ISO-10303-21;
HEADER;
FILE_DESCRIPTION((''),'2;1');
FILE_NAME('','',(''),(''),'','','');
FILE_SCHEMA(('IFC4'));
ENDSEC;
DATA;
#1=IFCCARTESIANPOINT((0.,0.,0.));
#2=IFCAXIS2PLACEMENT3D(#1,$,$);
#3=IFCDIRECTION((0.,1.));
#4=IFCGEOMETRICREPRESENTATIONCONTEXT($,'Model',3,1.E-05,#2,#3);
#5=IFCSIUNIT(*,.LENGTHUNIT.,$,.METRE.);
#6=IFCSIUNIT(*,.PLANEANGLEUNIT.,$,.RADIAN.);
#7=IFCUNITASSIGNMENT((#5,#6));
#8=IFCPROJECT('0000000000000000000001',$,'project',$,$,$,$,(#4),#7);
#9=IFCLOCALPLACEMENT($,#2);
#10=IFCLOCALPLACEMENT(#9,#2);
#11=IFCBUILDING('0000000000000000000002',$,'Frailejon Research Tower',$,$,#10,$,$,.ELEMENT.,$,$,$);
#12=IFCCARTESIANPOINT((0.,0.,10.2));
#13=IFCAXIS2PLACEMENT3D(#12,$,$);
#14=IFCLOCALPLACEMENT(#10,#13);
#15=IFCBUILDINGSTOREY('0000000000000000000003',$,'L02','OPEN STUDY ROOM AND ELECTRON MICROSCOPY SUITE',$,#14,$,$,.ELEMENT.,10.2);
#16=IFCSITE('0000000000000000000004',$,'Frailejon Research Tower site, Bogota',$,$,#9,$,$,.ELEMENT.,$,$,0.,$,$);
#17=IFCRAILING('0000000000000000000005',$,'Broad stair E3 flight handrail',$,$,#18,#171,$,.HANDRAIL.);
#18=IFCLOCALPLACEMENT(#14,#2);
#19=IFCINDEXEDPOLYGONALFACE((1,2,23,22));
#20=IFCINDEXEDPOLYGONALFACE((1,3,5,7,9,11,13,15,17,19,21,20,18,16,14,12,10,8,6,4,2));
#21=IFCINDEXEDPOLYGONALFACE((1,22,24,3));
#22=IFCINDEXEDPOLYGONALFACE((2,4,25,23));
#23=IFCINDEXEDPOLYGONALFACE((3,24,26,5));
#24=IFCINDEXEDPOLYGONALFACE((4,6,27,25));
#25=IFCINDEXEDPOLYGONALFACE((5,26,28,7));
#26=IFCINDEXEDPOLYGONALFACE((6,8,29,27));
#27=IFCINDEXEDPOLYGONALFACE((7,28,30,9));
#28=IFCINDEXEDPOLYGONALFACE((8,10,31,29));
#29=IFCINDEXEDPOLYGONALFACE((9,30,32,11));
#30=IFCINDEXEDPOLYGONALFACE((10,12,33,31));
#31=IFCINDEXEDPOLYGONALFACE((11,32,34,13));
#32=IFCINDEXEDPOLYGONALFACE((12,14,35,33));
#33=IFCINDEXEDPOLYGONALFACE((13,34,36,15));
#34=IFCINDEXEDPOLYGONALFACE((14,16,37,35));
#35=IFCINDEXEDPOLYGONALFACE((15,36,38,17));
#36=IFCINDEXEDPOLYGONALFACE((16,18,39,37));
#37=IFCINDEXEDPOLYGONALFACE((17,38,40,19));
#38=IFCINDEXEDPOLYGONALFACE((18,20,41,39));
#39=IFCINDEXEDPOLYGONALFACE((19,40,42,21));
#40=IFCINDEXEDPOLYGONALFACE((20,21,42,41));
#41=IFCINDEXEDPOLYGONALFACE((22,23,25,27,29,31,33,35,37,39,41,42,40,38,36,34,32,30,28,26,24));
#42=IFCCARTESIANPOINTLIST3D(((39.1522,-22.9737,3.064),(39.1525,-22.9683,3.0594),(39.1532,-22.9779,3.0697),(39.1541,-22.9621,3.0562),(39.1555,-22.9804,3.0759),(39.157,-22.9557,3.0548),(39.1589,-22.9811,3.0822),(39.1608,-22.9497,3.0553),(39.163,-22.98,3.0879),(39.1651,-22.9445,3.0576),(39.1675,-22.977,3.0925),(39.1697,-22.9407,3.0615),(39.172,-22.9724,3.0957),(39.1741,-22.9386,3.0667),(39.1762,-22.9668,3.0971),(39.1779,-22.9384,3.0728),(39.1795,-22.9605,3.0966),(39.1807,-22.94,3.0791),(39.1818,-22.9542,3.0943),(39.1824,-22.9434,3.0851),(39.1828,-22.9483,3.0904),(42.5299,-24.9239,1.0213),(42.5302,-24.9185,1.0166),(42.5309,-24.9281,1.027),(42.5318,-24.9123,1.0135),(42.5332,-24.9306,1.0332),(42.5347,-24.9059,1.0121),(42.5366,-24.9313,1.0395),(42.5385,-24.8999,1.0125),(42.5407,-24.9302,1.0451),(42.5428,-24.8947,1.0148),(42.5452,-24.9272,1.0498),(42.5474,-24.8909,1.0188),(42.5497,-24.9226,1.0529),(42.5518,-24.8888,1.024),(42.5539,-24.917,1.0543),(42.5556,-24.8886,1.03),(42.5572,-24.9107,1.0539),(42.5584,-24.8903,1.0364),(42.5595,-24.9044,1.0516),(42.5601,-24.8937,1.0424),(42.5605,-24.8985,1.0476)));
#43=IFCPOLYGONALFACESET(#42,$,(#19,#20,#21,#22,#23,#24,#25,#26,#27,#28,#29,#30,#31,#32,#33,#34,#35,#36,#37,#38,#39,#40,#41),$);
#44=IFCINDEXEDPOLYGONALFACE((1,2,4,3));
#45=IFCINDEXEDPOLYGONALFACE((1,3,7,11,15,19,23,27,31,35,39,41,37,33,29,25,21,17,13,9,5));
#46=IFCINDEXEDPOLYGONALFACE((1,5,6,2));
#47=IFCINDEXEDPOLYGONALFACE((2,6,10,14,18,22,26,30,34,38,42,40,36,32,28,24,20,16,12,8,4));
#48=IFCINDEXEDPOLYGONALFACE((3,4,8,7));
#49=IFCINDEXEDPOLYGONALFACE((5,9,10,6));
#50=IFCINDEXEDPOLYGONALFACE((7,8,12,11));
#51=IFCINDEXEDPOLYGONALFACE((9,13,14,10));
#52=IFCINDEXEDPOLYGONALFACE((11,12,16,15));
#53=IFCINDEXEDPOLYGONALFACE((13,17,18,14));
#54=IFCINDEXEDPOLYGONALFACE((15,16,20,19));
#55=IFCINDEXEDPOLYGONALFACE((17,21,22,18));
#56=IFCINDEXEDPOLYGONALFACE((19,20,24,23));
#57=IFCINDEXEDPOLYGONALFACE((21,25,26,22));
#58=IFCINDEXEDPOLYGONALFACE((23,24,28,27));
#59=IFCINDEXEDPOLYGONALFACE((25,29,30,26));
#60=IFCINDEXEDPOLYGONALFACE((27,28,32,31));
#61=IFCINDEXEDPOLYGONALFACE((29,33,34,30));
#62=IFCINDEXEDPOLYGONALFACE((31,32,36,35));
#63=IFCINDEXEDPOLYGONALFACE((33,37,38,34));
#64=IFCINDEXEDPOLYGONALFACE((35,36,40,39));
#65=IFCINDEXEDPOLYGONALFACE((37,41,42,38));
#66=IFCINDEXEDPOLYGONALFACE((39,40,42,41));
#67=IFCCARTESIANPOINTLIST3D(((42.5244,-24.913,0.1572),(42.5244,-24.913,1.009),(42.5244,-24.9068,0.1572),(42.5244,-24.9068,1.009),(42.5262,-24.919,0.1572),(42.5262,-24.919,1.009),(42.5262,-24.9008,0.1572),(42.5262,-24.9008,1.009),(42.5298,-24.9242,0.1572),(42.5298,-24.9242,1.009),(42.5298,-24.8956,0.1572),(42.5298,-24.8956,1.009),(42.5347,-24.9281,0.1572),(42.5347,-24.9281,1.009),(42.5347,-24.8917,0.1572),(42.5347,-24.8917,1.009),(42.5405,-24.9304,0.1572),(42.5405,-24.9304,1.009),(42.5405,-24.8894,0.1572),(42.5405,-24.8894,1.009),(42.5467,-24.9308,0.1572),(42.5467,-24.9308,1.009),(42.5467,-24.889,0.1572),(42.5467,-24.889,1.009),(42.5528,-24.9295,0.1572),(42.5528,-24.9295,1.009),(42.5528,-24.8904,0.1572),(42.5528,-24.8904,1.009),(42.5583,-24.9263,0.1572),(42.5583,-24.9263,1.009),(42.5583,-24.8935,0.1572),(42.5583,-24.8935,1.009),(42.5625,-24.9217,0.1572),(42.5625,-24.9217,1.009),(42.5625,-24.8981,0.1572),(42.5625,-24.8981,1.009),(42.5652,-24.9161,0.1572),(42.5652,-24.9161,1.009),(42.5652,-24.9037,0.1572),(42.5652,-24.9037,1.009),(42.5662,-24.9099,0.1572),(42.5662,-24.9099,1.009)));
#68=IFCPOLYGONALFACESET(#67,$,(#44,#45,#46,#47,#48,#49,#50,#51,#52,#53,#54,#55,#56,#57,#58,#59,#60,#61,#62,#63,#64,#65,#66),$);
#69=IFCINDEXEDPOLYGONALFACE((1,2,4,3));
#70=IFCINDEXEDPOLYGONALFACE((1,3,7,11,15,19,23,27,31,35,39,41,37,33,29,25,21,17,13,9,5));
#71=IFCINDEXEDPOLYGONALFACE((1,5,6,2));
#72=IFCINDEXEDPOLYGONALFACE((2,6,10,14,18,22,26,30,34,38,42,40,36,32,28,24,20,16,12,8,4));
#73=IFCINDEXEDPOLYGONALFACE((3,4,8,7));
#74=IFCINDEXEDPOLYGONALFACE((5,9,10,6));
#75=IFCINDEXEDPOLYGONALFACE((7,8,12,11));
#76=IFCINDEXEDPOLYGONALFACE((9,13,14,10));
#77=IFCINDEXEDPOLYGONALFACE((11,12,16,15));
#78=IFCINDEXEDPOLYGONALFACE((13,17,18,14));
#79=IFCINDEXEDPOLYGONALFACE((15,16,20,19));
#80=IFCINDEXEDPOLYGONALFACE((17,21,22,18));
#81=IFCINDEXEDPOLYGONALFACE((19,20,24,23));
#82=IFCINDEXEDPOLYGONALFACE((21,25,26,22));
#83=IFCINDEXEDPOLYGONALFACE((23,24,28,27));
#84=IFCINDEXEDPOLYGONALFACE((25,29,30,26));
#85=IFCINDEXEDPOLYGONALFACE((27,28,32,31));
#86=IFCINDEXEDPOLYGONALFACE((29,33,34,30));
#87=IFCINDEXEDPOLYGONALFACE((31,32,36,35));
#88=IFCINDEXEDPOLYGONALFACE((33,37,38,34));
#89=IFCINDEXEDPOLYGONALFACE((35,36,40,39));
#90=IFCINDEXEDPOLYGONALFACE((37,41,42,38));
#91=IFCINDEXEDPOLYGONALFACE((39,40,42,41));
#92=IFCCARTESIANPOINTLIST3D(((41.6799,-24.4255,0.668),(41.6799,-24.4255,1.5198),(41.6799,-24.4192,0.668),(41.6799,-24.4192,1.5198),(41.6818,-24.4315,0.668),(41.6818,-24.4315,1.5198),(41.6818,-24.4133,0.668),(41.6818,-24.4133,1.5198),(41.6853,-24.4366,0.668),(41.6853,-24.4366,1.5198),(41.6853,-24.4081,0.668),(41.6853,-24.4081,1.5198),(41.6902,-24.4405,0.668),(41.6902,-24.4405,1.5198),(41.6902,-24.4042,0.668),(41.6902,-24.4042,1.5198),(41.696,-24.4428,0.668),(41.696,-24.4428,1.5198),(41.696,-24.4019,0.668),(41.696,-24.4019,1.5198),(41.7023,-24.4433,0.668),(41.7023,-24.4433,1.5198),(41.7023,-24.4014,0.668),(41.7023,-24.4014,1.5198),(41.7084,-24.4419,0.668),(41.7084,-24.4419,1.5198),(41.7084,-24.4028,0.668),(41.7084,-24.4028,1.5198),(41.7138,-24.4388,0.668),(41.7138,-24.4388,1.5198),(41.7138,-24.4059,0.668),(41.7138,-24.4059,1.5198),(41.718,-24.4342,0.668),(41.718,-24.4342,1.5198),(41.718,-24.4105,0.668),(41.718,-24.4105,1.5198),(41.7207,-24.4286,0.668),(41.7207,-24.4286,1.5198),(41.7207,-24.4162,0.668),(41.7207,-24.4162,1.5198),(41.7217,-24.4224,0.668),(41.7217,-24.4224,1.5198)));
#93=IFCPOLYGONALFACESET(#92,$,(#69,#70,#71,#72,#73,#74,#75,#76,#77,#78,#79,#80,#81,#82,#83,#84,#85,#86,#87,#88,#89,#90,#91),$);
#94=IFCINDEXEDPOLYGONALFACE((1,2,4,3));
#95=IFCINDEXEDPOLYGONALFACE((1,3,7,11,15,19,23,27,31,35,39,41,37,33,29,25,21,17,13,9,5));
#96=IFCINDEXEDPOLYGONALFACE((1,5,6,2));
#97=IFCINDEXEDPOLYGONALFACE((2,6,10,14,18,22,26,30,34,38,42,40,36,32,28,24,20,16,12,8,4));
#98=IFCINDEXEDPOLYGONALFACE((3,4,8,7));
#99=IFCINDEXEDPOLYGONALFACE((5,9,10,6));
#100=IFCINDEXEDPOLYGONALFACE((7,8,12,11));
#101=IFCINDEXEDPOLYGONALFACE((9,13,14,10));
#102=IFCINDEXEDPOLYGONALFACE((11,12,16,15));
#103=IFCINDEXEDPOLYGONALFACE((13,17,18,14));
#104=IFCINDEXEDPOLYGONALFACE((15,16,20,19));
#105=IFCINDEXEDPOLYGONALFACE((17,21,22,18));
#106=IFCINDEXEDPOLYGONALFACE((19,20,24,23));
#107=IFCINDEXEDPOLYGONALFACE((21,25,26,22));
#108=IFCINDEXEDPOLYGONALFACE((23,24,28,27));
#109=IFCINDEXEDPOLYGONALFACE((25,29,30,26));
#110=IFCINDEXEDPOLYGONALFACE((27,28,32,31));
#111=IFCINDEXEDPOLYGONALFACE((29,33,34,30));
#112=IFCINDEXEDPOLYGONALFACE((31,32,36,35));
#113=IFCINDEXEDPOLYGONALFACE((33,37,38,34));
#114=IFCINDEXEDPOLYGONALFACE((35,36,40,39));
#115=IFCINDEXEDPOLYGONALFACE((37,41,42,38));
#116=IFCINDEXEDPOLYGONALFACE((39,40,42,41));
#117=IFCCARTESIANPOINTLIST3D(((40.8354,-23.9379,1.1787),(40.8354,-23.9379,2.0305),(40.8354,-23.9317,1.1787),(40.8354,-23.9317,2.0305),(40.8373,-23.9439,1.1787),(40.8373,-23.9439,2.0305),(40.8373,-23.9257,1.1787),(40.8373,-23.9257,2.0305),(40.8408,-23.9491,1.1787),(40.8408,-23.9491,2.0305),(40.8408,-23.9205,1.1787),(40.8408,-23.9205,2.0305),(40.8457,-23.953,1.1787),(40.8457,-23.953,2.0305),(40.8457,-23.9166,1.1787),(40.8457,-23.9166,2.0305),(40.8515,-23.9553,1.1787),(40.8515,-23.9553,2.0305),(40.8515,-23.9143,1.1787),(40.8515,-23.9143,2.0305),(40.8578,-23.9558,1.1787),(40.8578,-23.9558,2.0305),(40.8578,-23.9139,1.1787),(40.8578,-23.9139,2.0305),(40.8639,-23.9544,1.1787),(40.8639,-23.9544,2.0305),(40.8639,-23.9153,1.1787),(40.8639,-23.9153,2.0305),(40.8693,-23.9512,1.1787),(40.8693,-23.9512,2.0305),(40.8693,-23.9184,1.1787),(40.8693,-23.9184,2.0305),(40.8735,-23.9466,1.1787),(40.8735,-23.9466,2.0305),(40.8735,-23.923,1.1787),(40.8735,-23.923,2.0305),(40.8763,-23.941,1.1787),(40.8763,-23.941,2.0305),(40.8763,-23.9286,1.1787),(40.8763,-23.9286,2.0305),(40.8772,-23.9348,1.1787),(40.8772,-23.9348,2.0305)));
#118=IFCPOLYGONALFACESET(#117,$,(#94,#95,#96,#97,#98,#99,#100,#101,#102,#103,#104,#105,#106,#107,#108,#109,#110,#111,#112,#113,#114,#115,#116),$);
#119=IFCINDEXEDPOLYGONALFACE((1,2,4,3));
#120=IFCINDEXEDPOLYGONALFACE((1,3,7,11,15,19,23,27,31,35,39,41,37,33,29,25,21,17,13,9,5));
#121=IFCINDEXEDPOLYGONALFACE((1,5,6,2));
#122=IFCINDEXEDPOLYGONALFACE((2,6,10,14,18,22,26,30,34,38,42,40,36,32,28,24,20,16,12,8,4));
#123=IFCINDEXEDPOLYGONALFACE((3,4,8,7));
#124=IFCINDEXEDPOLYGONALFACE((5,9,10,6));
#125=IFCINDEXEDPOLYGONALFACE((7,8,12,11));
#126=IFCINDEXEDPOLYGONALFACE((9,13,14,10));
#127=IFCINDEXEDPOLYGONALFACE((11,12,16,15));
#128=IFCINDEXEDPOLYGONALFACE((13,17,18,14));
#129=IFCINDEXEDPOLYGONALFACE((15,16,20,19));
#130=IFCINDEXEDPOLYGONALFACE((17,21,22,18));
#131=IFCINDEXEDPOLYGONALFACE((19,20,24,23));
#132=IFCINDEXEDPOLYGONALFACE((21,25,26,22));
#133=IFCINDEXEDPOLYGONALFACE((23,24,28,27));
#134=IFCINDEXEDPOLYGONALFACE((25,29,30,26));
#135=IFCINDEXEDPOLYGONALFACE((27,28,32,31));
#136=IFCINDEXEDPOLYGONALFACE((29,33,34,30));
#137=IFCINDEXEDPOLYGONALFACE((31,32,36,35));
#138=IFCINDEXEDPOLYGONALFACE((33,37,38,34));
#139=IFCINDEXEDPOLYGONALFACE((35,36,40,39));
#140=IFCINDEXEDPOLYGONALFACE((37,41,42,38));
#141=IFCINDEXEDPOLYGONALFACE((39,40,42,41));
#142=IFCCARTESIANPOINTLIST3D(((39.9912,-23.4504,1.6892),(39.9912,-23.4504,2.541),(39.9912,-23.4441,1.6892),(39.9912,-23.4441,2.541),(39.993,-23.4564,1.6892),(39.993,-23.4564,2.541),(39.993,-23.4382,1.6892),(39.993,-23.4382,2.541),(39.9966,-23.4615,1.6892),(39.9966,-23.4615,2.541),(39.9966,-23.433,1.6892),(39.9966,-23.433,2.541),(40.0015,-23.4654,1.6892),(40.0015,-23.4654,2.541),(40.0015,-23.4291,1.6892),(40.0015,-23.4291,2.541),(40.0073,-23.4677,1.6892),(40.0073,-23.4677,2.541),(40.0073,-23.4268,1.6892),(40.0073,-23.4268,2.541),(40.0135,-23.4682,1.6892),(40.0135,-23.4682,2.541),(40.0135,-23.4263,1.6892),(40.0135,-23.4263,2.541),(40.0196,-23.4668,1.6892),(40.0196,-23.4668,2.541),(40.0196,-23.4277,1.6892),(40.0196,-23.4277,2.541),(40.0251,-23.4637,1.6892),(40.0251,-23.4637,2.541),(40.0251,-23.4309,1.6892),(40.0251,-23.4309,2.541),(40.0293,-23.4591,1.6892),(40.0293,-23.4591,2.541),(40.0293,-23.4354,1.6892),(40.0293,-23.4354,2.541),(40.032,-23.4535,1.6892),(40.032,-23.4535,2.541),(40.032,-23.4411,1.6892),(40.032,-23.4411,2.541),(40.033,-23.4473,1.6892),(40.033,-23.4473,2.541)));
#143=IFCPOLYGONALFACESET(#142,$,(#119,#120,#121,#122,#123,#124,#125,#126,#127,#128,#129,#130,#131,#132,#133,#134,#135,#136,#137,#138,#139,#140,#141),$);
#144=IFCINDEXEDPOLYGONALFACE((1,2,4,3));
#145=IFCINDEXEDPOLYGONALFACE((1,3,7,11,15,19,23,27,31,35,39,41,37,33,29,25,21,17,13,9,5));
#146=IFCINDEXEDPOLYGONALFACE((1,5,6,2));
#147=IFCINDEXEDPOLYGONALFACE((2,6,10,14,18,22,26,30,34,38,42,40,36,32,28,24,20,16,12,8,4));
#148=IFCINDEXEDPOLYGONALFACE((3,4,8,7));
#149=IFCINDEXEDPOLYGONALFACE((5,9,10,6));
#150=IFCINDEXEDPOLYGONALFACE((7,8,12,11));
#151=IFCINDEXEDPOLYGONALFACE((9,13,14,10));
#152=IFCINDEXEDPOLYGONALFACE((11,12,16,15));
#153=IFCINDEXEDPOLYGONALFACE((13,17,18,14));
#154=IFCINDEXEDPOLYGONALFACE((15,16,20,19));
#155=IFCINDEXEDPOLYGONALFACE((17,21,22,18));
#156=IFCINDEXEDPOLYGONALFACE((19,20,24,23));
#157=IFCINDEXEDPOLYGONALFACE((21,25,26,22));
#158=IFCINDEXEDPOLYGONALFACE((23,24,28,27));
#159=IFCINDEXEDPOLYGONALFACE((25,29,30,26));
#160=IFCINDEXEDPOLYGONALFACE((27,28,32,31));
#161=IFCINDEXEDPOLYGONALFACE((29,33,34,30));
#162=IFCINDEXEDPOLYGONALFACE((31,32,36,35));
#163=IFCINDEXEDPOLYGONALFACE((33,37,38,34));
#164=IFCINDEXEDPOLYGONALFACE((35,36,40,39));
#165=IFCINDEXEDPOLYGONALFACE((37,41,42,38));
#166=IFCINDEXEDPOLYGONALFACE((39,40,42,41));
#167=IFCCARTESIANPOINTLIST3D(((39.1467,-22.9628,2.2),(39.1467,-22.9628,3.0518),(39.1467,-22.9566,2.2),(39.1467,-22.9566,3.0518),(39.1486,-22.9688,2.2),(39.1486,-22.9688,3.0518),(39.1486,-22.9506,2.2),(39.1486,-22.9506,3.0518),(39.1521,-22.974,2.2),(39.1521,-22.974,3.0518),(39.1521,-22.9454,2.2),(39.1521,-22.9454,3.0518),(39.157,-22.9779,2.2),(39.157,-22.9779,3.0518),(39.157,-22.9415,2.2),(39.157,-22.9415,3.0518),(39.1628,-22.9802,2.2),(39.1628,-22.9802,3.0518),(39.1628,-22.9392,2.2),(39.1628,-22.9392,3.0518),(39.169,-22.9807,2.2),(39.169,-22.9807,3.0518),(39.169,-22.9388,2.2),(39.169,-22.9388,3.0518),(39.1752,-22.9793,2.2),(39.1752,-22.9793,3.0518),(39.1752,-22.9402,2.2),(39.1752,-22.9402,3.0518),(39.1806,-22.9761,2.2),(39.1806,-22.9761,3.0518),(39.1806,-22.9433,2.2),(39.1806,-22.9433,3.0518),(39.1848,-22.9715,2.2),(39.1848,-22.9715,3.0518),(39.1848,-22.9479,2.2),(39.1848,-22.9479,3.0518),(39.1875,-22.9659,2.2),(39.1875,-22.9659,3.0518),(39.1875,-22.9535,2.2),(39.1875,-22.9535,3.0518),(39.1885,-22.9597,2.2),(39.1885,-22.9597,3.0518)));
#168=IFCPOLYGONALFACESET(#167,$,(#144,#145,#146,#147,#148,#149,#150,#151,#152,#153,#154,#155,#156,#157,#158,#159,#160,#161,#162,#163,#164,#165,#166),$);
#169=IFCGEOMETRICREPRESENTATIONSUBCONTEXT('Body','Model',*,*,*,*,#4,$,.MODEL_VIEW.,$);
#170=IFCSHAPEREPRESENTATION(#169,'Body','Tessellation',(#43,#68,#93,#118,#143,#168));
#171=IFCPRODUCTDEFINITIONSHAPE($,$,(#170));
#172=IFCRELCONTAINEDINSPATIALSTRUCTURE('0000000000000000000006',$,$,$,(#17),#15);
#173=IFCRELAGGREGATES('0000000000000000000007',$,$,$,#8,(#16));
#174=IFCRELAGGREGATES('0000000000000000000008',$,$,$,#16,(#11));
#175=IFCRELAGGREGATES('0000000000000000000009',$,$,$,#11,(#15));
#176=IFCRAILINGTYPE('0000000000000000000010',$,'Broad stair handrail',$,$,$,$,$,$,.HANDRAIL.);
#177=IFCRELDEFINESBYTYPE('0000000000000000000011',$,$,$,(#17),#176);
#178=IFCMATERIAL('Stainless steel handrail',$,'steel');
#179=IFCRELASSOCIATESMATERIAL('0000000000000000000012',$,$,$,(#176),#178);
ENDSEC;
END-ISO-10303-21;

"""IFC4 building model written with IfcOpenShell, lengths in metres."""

from ifc_helpers import new_model, si_unit, direction, frame, origin, origin_2d, place, context, subcontext, project, spatial, circle, extrude, material, type_object, element, save


model = new_model("IFC4")

# Units and contexts
model_context = context("Model", 3, precision=1e-05, world=origin(), true_north=direction((0.0, 1.0)))
body_context = subcontext(model_context, "Body", "Model", "MODEL_VIEW")
ifc_project = project(units=[si_unit("LENGTHUNIT", "METRE"), si_unit("PLANEANGLEUNIT", "RADIAN")], contexts=[model_context])

# Site, building, storey
site_placement = place(None, origin())
site = spatial("IfcSite", under=ifc_project, at=site_placement, Name="Frailejon Research Tower site, Bogota", CompositionType="ELEMENT", RefElevation=0.0)
building_placement = place(site_placement, origin())
building = spatial("IfcBuilding", under=site, at=building_placement, Name="Frailejon Research Tower", CompositionType="ELEMENT")
storey_placement = place(building_placement, frame((0.0, 0.0, 10.2)))
storey = spatial("IfcBuildingStorey", under=building, at=storey_placement, Name="L02", Description="OPEN STUDY ROOM AND ELECTRON MICROSCOPY SUITE", CompositionType="ELEMENT", Elevation=10.2)

# Railing
ifc_material_1 = material(Name="Stainless steel handrail", Category="steel")
railing_type_1 = type_object("IfcRailingType", Name="Broad stair handrail", PredefinedType="HANDRAIL", material=ifc_material_1)
railing_1_placement = place(storey_placement, frame((42.5452, -24.9099, 0.1572)))
element("IfcRailing", 1, at=railing_1_placement, inside=storey, type_object=railing_type_1, Name="Broad stair E3 flight handrail", PredefinedType="HANDRAIL", context=body_context, shape_type="SweptSolid", body=[
    extrude(circle(Radius=0.0239, at=origin_2d()), frame((0.0, 0.0, 0.876), z_axis=(-0.767166, 0.442943, 0.463959), x_axis=(-0.500017, -0.866016, 0.0)), (0.0, 0.0, 1.0), 4.4028),
    extrude(circle(Radius=0.021, at=origin_2d()), origin(), (0.0, 0.0, 1.0), 0.8518),
    extrude(circle(Radius=0.021, at=origin_2d()), frame((-0.8445, 0.4875, 0.5107)), (0.0, 0.0, 1.0), 0.8518),
    extrude(circle(Radius=0.021, at=origin_2d()), frame((-1.689, 0.9751, 1.0215)), (0.0, 0.0, 1.0), 0.8518),
    extrude(circle(Radius=0.021, at=origin_2d()), frame((-2.5332, 1.4626, 1.532)), (0.0, 0.0, 1.0), 0.8518),
    extrude(circle(Radius=0.021, at=origin_2d()), frame((-3.3777, 1.9502, 2.0427)), (0.0, 0.0, 1.0), 0.8518),
])

save(model, "model.ifc")
